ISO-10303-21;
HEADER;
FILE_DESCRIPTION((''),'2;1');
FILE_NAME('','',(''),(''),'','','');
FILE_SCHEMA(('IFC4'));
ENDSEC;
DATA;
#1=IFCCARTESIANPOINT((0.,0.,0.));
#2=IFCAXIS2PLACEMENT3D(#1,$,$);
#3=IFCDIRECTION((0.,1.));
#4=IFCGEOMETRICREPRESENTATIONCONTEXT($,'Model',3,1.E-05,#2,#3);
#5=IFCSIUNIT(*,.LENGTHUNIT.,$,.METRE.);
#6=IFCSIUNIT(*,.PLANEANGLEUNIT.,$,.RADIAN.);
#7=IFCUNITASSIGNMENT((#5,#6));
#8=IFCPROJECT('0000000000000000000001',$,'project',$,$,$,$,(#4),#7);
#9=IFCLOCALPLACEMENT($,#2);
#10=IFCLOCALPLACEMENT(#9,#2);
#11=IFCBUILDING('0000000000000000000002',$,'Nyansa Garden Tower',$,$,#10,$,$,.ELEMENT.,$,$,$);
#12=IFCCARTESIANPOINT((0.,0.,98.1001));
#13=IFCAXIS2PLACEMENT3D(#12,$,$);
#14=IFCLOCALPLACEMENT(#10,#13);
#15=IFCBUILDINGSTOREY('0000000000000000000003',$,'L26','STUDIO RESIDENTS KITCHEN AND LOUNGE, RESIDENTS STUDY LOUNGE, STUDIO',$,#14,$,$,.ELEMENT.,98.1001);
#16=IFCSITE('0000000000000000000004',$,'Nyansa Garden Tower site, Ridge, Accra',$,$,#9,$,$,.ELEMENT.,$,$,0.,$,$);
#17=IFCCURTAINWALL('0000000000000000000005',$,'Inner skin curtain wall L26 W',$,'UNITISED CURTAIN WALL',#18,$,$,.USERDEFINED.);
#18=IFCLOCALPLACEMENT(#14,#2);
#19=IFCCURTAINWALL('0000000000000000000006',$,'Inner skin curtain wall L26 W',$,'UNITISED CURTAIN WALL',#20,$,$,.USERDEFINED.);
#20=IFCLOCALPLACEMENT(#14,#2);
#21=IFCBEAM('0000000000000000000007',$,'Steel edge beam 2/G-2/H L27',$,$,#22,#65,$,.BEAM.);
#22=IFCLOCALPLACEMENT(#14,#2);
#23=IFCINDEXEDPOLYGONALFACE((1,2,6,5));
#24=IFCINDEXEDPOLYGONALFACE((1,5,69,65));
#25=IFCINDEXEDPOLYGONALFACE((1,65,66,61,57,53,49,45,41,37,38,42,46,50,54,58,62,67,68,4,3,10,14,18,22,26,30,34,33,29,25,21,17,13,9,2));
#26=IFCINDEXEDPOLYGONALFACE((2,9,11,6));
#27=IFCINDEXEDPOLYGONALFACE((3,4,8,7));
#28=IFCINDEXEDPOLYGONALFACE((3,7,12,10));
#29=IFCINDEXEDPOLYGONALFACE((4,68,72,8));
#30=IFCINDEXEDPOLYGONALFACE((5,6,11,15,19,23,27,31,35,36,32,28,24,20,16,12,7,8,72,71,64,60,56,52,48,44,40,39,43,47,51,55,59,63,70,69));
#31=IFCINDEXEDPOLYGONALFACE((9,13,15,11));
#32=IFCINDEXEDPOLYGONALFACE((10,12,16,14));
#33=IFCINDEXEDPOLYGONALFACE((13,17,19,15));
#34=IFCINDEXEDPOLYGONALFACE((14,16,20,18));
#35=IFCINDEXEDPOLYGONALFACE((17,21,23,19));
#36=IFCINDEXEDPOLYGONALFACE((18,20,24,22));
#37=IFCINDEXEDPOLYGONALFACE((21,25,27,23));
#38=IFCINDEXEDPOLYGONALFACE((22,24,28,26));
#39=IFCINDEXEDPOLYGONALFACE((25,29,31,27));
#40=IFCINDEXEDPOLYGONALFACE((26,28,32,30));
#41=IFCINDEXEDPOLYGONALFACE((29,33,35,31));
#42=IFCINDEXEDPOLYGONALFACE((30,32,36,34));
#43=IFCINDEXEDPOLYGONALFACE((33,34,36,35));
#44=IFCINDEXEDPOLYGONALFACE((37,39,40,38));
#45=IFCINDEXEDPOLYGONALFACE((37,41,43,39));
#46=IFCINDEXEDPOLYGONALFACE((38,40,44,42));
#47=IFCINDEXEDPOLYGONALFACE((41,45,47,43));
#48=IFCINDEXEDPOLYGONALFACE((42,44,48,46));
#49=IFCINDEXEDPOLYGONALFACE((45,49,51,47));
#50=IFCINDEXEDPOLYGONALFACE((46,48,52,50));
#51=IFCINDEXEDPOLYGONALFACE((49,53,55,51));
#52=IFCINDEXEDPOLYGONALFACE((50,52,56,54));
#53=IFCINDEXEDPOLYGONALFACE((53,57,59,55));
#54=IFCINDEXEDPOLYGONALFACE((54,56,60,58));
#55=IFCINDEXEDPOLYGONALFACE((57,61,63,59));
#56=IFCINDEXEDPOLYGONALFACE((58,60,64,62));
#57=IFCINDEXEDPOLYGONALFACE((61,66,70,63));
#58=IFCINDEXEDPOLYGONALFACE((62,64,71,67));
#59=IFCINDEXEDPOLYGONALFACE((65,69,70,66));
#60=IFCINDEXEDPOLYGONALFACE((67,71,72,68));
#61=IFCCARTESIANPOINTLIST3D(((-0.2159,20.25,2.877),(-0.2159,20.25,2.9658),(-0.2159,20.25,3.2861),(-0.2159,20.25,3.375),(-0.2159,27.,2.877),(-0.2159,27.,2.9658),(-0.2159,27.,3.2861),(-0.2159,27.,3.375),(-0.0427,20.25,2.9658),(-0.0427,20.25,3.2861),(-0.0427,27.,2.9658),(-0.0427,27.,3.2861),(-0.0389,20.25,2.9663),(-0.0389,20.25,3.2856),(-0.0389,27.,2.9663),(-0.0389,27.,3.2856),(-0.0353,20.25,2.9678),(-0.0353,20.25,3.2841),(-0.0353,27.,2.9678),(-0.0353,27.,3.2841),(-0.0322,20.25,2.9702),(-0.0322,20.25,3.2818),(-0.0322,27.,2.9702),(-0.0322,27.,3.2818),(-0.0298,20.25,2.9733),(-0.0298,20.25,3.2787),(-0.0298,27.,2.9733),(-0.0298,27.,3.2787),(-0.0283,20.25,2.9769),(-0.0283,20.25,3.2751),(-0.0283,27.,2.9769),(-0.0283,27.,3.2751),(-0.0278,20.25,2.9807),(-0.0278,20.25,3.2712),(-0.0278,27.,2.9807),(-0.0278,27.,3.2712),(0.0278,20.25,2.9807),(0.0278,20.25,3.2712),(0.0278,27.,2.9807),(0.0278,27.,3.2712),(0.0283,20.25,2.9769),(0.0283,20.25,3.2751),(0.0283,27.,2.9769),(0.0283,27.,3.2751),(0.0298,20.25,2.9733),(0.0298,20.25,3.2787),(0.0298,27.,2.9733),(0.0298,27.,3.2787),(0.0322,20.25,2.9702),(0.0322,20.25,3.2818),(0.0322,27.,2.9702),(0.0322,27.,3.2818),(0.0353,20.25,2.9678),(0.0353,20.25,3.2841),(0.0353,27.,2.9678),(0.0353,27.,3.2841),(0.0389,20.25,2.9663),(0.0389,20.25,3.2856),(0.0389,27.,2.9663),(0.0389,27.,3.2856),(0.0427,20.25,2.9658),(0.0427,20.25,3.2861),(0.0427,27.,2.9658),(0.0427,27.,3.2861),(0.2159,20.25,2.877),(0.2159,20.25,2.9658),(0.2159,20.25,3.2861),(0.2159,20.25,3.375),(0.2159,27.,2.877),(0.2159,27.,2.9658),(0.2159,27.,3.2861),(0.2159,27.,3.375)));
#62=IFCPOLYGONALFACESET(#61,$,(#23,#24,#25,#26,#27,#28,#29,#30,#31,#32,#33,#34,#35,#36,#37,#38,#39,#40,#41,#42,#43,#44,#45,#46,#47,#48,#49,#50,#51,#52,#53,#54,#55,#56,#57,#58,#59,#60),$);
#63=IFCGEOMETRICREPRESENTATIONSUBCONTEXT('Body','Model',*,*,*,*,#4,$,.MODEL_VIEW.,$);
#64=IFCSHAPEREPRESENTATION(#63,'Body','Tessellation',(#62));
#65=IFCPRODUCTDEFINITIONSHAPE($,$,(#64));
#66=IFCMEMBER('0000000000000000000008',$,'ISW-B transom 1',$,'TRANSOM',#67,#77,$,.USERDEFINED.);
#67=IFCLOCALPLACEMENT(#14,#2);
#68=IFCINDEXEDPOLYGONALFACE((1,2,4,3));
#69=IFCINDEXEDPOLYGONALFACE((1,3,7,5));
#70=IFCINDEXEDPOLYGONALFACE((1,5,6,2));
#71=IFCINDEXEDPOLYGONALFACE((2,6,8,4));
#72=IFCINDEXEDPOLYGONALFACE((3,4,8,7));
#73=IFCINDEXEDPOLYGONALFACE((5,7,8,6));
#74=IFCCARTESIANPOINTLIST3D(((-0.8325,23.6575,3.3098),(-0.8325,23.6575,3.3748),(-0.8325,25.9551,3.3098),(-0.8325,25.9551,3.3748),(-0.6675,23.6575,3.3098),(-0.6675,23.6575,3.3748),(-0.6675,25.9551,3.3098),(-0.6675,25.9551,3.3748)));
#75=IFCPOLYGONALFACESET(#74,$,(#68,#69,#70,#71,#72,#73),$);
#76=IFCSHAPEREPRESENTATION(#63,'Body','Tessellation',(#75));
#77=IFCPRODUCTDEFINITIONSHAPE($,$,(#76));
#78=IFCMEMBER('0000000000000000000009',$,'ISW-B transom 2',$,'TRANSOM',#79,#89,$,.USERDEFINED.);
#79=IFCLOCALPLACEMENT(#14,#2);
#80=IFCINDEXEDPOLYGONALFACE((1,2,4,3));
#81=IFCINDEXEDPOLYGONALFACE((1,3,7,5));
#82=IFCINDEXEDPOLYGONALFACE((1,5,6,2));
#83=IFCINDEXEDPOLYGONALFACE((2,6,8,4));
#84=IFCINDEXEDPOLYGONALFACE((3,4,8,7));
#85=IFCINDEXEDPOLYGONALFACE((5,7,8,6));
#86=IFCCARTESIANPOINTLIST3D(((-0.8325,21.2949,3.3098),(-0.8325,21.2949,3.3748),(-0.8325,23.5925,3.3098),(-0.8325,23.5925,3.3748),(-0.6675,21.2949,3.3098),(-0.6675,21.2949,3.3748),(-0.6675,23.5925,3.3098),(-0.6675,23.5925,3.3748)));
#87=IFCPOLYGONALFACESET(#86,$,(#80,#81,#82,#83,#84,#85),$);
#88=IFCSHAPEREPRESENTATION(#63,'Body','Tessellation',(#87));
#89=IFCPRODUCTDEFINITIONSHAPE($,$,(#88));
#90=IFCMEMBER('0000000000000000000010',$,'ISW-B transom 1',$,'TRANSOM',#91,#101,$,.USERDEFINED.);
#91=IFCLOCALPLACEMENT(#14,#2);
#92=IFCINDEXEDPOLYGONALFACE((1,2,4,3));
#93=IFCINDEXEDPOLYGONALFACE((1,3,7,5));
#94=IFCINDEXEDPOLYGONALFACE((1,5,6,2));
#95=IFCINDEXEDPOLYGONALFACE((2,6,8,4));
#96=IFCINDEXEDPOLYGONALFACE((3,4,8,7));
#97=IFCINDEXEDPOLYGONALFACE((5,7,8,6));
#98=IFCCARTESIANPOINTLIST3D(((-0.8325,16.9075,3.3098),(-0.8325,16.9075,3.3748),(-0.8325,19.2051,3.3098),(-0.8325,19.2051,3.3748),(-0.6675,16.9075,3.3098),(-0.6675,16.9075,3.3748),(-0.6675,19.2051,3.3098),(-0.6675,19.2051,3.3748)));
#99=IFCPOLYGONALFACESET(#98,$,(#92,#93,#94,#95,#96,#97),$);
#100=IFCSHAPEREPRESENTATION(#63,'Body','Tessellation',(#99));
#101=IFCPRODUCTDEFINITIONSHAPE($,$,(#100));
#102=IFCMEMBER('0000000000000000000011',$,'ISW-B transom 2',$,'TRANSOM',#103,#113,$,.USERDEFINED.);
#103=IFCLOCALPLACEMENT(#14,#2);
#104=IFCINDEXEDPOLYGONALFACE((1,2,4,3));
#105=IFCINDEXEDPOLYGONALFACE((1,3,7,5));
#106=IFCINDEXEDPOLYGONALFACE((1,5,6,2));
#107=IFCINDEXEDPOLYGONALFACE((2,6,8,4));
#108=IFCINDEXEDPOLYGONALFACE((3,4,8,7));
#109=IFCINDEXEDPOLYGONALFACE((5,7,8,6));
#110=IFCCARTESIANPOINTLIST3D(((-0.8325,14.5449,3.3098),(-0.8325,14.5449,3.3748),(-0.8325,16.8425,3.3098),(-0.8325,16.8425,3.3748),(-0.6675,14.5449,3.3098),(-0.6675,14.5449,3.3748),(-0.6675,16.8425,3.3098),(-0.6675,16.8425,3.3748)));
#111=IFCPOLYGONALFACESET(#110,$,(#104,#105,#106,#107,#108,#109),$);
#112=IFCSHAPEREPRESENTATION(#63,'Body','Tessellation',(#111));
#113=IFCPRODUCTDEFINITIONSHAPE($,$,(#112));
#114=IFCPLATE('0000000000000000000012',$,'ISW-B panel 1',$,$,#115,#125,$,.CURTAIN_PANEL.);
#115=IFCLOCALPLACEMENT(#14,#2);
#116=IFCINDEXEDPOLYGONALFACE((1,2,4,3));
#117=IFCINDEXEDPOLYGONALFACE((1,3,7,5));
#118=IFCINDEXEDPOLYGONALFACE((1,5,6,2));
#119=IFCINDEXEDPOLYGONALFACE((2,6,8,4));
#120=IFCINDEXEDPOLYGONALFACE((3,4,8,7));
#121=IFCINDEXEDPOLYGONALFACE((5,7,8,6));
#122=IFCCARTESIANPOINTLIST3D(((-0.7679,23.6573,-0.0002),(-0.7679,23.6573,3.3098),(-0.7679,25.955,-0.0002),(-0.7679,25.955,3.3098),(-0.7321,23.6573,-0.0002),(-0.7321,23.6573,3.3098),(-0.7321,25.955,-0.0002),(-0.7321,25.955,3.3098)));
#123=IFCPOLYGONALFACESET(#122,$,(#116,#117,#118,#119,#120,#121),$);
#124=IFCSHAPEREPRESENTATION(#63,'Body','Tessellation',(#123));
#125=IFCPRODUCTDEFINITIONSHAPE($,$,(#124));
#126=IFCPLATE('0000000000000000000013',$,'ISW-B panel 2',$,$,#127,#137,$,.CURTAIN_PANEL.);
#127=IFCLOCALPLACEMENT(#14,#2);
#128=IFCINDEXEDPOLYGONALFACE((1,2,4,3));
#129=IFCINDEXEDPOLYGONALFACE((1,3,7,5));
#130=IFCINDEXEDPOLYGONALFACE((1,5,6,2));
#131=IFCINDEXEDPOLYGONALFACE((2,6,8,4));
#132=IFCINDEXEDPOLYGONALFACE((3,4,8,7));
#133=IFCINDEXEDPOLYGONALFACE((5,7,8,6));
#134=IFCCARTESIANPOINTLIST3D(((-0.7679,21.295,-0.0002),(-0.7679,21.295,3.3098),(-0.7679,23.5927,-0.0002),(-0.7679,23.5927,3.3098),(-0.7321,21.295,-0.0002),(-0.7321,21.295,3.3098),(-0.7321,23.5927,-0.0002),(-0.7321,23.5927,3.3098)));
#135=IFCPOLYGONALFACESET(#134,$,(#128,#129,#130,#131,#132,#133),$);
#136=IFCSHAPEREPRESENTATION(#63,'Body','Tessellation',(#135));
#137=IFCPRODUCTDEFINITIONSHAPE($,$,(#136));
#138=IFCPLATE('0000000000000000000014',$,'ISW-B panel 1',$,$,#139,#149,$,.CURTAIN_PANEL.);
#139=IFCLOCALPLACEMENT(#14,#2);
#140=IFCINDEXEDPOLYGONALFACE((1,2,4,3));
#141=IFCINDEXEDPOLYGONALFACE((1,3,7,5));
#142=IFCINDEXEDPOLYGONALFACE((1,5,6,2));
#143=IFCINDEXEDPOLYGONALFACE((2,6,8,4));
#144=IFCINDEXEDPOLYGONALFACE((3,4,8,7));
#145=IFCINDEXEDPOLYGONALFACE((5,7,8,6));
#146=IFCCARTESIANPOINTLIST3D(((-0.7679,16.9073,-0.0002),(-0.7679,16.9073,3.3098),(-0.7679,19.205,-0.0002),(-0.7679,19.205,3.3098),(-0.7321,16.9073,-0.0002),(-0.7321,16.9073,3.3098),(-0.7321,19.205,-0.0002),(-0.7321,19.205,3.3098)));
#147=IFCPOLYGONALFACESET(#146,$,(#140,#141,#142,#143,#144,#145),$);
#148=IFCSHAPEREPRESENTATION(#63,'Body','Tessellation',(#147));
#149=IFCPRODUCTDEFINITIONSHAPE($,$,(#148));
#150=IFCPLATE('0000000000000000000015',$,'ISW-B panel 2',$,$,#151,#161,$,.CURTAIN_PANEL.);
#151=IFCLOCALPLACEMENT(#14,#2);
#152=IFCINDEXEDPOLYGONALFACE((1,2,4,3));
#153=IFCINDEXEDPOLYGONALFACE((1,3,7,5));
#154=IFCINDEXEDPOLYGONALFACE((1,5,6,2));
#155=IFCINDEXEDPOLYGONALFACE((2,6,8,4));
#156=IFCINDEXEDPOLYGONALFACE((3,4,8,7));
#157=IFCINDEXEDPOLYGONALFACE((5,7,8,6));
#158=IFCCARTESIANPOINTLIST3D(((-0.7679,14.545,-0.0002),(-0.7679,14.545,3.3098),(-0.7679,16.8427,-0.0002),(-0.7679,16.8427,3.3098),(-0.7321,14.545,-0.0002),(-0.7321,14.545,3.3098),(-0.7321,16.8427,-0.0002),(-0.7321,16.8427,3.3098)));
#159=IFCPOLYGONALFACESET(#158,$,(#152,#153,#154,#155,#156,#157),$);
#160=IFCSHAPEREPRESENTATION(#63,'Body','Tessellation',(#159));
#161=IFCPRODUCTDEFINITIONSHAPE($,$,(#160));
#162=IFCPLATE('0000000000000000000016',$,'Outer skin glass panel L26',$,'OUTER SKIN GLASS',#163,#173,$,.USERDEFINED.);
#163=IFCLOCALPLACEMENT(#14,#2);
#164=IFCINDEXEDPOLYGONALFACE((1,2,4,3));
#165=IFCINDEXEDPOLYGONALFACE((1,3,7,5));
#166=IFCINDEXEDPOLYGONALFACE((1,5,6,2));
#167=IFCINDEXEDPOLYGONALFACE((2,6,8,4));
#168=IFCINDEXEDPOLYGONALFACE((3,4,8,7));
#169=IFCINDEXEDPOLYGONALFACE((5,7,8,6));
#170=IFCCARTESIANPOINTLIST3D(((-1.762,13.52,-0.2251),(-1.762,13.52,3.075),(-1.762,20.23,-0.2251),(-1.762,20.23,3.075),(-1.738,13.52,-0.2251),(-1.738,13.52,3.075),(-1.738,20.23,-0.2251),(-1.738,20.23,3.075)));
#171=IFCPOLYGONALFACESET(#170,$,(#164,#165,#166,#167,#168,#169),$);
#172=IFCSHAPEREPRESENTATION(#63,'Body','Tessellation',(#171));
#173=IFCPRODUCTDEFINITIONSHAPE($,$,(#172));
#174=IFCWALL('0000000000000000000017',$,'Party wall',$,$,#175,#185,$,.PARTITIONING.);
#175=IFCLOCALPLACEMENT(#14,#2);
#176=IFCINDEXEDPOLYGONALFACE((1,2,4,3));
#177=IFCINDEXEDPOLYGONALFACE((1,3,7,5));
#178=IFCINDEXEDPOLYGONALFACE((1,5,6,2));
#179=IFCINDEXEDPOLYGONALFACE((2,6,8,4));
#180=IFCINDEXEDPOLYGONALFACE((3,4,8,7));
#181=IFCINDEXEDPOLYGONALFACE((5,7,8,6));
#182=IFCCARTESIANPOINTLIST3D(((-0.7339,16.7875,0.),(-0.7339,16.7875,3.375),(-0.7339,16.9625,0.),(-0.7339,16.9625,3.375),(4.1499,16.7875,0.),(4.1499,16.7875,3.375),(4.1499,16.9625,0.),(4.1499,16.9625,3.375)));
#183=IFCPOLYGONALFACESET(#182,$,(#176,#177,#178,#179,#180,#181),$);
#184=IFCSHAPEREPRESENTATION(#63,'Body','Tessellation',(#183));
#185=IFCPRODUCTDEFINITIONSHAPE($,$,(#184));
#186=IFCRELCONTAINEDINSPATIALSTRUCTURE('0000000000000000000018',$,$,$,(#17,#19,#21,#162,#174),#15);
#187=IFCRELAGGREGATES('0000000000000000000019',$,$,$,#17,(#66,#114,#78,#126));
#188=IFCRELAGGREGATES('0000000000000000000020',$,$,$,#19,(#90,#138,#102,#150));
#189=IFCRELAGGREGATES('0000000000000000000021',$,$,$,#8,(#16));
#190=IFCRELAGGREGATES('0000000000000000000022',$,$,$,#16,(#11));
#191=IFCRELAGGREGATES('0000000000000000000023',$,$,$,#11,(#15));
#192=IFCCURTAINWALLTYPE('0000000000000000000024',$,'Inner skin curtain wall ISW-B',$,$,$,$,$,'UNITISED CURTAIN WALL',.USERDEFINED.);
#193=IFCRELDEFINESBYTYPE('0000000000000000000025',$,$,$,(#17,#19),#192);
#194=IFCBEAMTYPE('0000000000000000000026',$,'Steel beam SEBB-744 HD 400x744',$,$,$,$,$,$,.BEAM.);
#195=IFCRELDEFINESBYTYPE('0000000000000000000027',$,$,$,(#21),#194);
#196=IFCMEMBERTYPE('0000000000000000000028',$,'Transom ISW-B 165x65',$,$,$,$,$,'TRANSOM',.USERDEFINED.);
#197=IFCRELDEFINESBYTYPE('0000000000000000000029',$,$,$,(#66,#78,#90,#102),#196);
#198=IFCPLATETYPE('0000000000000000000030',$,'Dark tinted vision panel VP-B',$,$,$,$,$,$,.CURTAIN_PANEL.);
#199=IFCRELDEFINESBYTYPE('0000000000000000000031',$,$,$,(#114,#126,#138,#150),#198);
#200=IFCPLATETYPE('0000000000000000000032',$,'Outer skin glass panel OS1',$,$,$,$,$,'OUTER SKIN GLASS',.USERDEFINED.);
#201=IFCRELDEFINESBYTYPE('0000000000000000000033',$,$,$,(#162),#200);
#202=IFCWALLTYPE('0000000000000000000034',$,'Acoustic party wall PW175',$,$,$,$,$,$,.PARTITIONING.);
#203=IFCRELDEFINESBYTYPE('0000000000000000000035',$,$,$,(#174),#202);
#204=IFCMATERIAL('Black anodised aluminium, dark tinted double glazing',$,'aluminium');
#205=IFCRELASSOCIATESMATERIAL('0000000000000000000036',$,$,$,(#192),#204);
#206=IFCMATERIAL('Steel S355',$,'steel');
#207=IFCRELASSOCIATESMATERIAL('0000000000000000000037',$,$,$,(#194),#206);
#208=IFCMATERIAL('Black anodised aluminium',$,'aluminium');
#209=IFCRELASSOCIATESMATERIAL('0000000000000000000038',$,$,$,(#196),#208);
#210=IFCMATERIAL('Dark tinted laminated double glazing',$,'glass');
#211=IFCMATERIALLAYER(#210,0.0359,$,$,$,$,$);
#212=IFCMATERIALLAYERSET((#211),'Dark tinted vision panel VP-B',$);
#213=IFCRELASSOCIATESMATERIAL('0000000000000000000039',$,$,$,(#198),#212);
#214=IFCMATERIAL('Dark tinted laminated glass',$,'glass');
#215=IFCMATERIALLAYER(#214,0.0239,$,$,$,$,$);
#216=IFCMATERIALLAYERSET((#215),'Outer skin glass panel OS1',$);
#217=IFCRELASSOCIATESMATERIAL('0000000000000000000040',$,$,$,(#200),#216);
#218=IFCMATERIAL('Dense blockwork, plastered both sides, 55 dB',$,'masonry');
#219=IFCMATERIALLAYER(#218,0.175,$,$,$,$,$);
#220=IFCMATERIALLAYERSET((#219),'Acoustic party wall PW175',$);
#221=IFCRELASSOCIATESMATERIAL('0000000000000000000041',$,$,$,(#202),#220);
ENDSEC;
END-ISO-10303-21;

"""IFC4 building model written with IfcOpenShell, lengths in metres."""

from ifc_helpers import new_model, si_unit, direction, frame, frame_2d, origin, origin_2d, place, context, subcontext, project, spatial, rectangle, i_section, extrude, material, layer, layer_set, material_profile, profile_set, type_object, element, aggregate, save


model = new_model("IFC4")

# Units and contexts
model_context = context("Model", 3, precision=1e-05, world=origin(), true_north=direction((0.0, 1.0)))
body_context = subcontext(model_context, "Body", "Model", "MODEL_VIEW")
ifc_project = project(units=[si_unit("LENGTHUNIT", "METRE"), si_unit("PLANEANGLEUNIT", "RADIAN")], contexts=[model_context])

# Site, building, storey
site_placement = place(None, origin())
site = spatial("IfcSite", under=ifc_project, at=site_placement, Name="Nyansa Garden Tower site, Ridge, Accra", CompositionType="ELEMENT", RefElevation=0.0)
building_placement = place(site_placement, origin())
building = spatial("IfcBuilding", under=site, at=building_placement, Name="Nyansa Garden Tower", CompositionType="ELEMENT")
storey_placement = place(building_placement, frame((0.0, 0.0, 98.1001)))
storey = spatial("IfcBuildingStorey", under=building, at=storey_placement, Name="L26", Description="STUDIO RESIDENTS KITCHEN AND LOUNGE, RESIDENTS STUDY LOUNGE, STUDIO", CompositionType="ELEMENT", Elevation=98.1001)

# Curtain walls
ifc_material_1 = material(Name="Black anodised aluminium, dark tinted double glazing", Category="aluminium")
curtain_wall_type = type_object("IfcCurtainWallType", Name="Inner skin curtain wall ISW-B", ElementType="UNITISED CURTAIN WALL", PredefinedType="USERDEFINED", material=ifc_material_1)
curtain_wall_1_placement = place(storey_placement, origin())
curtain_wall_1 = element("IfcCurtainWall", 1, at=curtain_wall_1_placement, inside=storey, type_object=curtain_wall_type, Name="Inner skin curtain wall L26 W", ObjectType="UNITISED CURTAIN WALL", PredefinedType="USERDEFINED")
curtain_wall_2_placement = place(storey_placement, origin())
curtain_wall_2 = element("IfcCurtainWall", 2, at=curtain_wall_2_placement, inside=storey, type_object=curtain_wall_type, Name="Inner skin curtain wall L26 W", ObjectType="UNITISED CURTAIN WALL", PredefinedType="USERDEFINED")

# Beam
ifc_material_2 = material(Name="Steel S355", Category="steel")
ifc_material_profile_1 = material_profile(ifc_material_2, i_section(OverallWidth=0.4319, OverallDepth=0.498, WebThickness=0.0557, FlangeThickness=0.0889, FilletRadius=0.0149, at=origin_2d()), Name="HD 400x744")
ifc_profile_set_1 = profile_set([ifc_material_profile_1], Name="Steel S355")
beam_type_1 = type_object("IfcBeamType", Name="Steel beam SEBB-744 HD 400x744", PredefinedType="BEAM", material=ifc_profile_set_1)
beam_1_placement = place(storey_placement, frame((0.0, 20.25, 3.126), z_axis=(0.0, 1.0, 0.0), x_axis=(-1.0, 0.0, 0.0)))
element("IfcBeam", 3, at=beam_1_placement, inside=storey, type_object=beam_type_1, Name="Steel edge beam 2/G-2/H L27", PredefinedType="BEAM", context=body_context, shape_type="SweptSolid", body=[
    extrude(i_section(OverallWidth=0.4319, OverallDepth=0.498, WebThickness=0.0557, FlangeThickness=0.0889, FilletRadius=0.0149, at=origin_2d()), origin(), (0.0, 0.0, 1.0), 6.75),
])

# Members
ifc_material_3 = material(Name="Black anodised aluminium", Category="aluminium")
ifc_material_profile_2 = material_profile(ifc_material_3, rectangle(XDim=0.165, YDim=0.0649, at=origin_2d()), Name="Transom 165x65")
ifc_profile_set_2 = profile_set([ifc_material_profile_2], Name="Black anodised aluminium")
member_type_1 = type_object("IfcMemberType", Name="Transom ISW-B 165x65", ElementType="TRANSOM", PredefinedType="USERDEFINED", material=ifc_profile_set_2)
member_1_placement = place(storey_placement, frame((-0.75, 25.9551, 3.3423), z_axis=(0.0, -1.0, 0.0), x_axis=(1.0, 0.0, 0.0)))
member_1 = element("IfcMember", 4, at=member_1_placement, type_object=member_type_1, Name="ISW-B transom 1", ObjectType="TRANSOM", PredefinedType="USERDEFINED", context=body_context, shape_type="SweptSolid", body=[
    extrude(rectangle(XDim=0.165, YDim=0.0649, at=origin_2d()), origin(), (0.0, 0.0, 1.0), 2.2976),
])
member_2_placement = place(storey_placement, frame((-0.75, 23.5925, 3.3423), z_axis=(0.0, -1.0, 0.0), x_axis=(1.0, 0.0, 0.0)))
member_2 = element("IfcMember", 5, at=member_2_placement, type_object=member_type_1, Name="ISW-B transom 2", ObjectType="TRANSOM", PredefinedType="USERDEFINED", context=body_context, shape_type="SweptSolid", body=[
    extrude(rectangle(XDim=0.165, YDim=0.0649, at=origin_2d()), origin(), (0.0, 0.0, 1.0), 2.2976),
])
member_3_placement = place(storey_placement, frame((-0.75, 19.2051, 3.3423), z_axis=(0.0, -1.0, 0.0), x_axis=(1.0, 0.0, 0.0)))
member_3 = element("IfcMember", 6, at=member_3_placement, type_object=member_type_1, Name="ISW-B transom 1", ObjectType="TRANSOM", PredefinedType="USERDEFINED", context=body_context, shape_type="SweptSolid", body=[
    extrude(rectangle(XDim=0.165, YDim=0.0649, at=origin_2d()), origin(), (0.0, 0.0, 1.0), 2.2976),
])
member_4_placement = place(storey_placement, frame((-0.75, 16.8425, 3.3423), z_axis=(0.0, -1.0, 0.0), x_axis=(1.0, 0.0, 0.0)))
member_4 = element("IfcMember", 7, at=member_4_placement, type_object=member_type_1, Name="ISW-B transom 2", ObjectType="TRANSOM", PredefinedType="USERDEFINED", context=body_context, shape_type="SweptSolid", body=[
    extrude(rectangle(XDim=0.165, YDim=0.0649, at=origin_2d()), origin(), (0.0, 0.0, 1.0), 2.2976),
])

# Plates
ifc_material_4 = material(Name="Dark tinted laminated double glazing", Category="glass")
ifc_layer_1 = layer(ifc_material_4, 0.0359)
ifc_layer_set_1 = layer_set([ifc_layer_1], Name="Dark tinted vision panel VP-B")
plate_type_1 = type_object("IfcPlateType", Name="Dark tinted vision panel VP-B", PredefinedType="CURTAIN_PANEL", material=ifc_layer_set_1)
plate_1_placement = place(storey_placement, frame((-0.75, 24.8062, -0.0002), z_axis=(0.0, 0.0, 1.0), x_axis=(0.0, -1.0, 0.0)))
plate_1 = element("IfcPlate", 8, at=plate_1_placement, type_object=plate_type_1, Name="ISW-B panel 1", PredefinedType="CURTAIN_PANEL", context=body_context, shape_type="SweptSolid", body=[
    extrude(rectangle(XDim=2.2976, YDim=0.0359, at=origin_2d()), origin(), (0.0, 0.0, 1.0), 3.3101),
])
plate_2_placement = place(storey_placement, frame((-0.75, 22.4438, -0.0002), z_axis=(0.0, 0.0, 1.0), x_axis=(0.0, -1.0, 0.0)))
plate_2 = element("IfcPlate", 9, at=plate_2_placement, type_object=plate_type_1, Name="ISW-B panel 2", PredefinedType="CURTAIN_PANEL", context=body_context, shape_type="SweptSolid", body=[
    extrude(rectangle(XDim=2.2976, YDim=0.0359, at=origin_2d()), origin(), (0.0, 0.0, 1.0), 3.3101),
])
aggregate(curtain_wall_1, [member_1, plate_1, member_2, plate_2])
plate_3_placement = place(storey_placement, frame((-0.75, 18.0562, -0.0002), z_axis=(0.0, 0.0, 1.0), x_axis=(0.0, -1.0, 0.0)))
plate_3 = element("IfcPlate", 10, at=plate_3_placement, type_object=plate_type_1, Name="ISW-B panel 1", PredefinedType="CURTAIN_PANEL", context=body_context, shape_type="SweptSolid", body=[
    extrude(rectangle(XDim=2.2976, YDim=0.0359, at=origin_2d()), origin(), (0.0, 0.0, 1.0), 3.3101),
])
plate_4_placement = place(storey_placement, frame((-0.75, 15.6938, -0.0002), z_axis=(0.0, 0.0, 1.0), x_axis=(0.0, -1.0, 0.0)))
plate_4 = element("IfcPlate", 11, at=plate_4_placement, type_object=plate_type_1, Name="ISW-B panel 2", PredefinedType="CURTAIN_PANEL", context=body_context, shape_type="SweptSolid", body=[
    extrude(rectangle(XDim=2.2976, YDim=0.0359, at=origin_2d()), origin(), (0.0, 0.0, 1.0), 3.3101),
])
aggregate(curtain_wall_2, [member_3, plate_3, member_4, plate_4])
ifc_material_5 = material(Name="Dark tinted laminated glass", Category="glass")
ifc_layer_2 = layer(ifc_material_5, 0.0239)
ifc_layer_set_2 = layer_set([ifc_layer_2], Name="Outer skin glass panel OS1")
plate_type_2 = type_object("IfcPlateType", Name="Outer skin glass panel OS1", ElementType="OUTER SKIN GLASS", PredefinedType="USERDEFINED", material=ifc_layer_set_2)
plate_5_placement = place(storey_placement, frame((-1.75, 16.875, -0.2251), z_axis=(0.0, 0.0, 1.0), x_axis=(0.0, 1.0, 0.0)))
element("IfcPlate", 12, at=plate_5_placement, inside=storey, type_object=plate_type_2, Name="Outer skin glass panel L26", ObjectType="OUTER SKIN GLASS", PredefinedType="USERDEFINED", context=body_context, shape_type="SweptSolid", body=[
    extrude(rectangle(XDim=6.71, YDim=0.0239, at=origin_2d()), origin(), (0.0, 0.0, 1.0), 3.3),
])

# Wall
ifc_material_6 = material(Name="Dense blockwork, plastered both sides, 55 dB", Category="masonry")
ifc_layer_3 = layer(ifc_material_6, 0.175)
ifc_layer_set_3 = layer_set([ifc_layer_3], Name="Acoustic party wall PW175")
wall_type_1 = type_object("IfcWallType", Name="Acoustic party wall PW175", PredefinedType="PARTITIONING", material=ifc_layer_set_3)
wall_1_placement = place(storey_placement, frame((-0.7339, 16.875, 0.0), z_axis=(0.0, 0.0, 1.0), x_axis=(1.0, 0.0, 0.0)))
element("IfcWall", 13, at=wall_1_placement, inside=storey, type_object=wall_type_1, Name="Party wall", PredefinedType="PARTITIONING", context=body_context, shape_type="SweptSolid", body=[
    extrude(rectangle(XDim=4.8838, YDim=0.175, at=frame_2d((2.4419, 0.0))), origin(), (0.0, 0.0, 1.0), 3.375),
])

save(model, "model.ifc")
